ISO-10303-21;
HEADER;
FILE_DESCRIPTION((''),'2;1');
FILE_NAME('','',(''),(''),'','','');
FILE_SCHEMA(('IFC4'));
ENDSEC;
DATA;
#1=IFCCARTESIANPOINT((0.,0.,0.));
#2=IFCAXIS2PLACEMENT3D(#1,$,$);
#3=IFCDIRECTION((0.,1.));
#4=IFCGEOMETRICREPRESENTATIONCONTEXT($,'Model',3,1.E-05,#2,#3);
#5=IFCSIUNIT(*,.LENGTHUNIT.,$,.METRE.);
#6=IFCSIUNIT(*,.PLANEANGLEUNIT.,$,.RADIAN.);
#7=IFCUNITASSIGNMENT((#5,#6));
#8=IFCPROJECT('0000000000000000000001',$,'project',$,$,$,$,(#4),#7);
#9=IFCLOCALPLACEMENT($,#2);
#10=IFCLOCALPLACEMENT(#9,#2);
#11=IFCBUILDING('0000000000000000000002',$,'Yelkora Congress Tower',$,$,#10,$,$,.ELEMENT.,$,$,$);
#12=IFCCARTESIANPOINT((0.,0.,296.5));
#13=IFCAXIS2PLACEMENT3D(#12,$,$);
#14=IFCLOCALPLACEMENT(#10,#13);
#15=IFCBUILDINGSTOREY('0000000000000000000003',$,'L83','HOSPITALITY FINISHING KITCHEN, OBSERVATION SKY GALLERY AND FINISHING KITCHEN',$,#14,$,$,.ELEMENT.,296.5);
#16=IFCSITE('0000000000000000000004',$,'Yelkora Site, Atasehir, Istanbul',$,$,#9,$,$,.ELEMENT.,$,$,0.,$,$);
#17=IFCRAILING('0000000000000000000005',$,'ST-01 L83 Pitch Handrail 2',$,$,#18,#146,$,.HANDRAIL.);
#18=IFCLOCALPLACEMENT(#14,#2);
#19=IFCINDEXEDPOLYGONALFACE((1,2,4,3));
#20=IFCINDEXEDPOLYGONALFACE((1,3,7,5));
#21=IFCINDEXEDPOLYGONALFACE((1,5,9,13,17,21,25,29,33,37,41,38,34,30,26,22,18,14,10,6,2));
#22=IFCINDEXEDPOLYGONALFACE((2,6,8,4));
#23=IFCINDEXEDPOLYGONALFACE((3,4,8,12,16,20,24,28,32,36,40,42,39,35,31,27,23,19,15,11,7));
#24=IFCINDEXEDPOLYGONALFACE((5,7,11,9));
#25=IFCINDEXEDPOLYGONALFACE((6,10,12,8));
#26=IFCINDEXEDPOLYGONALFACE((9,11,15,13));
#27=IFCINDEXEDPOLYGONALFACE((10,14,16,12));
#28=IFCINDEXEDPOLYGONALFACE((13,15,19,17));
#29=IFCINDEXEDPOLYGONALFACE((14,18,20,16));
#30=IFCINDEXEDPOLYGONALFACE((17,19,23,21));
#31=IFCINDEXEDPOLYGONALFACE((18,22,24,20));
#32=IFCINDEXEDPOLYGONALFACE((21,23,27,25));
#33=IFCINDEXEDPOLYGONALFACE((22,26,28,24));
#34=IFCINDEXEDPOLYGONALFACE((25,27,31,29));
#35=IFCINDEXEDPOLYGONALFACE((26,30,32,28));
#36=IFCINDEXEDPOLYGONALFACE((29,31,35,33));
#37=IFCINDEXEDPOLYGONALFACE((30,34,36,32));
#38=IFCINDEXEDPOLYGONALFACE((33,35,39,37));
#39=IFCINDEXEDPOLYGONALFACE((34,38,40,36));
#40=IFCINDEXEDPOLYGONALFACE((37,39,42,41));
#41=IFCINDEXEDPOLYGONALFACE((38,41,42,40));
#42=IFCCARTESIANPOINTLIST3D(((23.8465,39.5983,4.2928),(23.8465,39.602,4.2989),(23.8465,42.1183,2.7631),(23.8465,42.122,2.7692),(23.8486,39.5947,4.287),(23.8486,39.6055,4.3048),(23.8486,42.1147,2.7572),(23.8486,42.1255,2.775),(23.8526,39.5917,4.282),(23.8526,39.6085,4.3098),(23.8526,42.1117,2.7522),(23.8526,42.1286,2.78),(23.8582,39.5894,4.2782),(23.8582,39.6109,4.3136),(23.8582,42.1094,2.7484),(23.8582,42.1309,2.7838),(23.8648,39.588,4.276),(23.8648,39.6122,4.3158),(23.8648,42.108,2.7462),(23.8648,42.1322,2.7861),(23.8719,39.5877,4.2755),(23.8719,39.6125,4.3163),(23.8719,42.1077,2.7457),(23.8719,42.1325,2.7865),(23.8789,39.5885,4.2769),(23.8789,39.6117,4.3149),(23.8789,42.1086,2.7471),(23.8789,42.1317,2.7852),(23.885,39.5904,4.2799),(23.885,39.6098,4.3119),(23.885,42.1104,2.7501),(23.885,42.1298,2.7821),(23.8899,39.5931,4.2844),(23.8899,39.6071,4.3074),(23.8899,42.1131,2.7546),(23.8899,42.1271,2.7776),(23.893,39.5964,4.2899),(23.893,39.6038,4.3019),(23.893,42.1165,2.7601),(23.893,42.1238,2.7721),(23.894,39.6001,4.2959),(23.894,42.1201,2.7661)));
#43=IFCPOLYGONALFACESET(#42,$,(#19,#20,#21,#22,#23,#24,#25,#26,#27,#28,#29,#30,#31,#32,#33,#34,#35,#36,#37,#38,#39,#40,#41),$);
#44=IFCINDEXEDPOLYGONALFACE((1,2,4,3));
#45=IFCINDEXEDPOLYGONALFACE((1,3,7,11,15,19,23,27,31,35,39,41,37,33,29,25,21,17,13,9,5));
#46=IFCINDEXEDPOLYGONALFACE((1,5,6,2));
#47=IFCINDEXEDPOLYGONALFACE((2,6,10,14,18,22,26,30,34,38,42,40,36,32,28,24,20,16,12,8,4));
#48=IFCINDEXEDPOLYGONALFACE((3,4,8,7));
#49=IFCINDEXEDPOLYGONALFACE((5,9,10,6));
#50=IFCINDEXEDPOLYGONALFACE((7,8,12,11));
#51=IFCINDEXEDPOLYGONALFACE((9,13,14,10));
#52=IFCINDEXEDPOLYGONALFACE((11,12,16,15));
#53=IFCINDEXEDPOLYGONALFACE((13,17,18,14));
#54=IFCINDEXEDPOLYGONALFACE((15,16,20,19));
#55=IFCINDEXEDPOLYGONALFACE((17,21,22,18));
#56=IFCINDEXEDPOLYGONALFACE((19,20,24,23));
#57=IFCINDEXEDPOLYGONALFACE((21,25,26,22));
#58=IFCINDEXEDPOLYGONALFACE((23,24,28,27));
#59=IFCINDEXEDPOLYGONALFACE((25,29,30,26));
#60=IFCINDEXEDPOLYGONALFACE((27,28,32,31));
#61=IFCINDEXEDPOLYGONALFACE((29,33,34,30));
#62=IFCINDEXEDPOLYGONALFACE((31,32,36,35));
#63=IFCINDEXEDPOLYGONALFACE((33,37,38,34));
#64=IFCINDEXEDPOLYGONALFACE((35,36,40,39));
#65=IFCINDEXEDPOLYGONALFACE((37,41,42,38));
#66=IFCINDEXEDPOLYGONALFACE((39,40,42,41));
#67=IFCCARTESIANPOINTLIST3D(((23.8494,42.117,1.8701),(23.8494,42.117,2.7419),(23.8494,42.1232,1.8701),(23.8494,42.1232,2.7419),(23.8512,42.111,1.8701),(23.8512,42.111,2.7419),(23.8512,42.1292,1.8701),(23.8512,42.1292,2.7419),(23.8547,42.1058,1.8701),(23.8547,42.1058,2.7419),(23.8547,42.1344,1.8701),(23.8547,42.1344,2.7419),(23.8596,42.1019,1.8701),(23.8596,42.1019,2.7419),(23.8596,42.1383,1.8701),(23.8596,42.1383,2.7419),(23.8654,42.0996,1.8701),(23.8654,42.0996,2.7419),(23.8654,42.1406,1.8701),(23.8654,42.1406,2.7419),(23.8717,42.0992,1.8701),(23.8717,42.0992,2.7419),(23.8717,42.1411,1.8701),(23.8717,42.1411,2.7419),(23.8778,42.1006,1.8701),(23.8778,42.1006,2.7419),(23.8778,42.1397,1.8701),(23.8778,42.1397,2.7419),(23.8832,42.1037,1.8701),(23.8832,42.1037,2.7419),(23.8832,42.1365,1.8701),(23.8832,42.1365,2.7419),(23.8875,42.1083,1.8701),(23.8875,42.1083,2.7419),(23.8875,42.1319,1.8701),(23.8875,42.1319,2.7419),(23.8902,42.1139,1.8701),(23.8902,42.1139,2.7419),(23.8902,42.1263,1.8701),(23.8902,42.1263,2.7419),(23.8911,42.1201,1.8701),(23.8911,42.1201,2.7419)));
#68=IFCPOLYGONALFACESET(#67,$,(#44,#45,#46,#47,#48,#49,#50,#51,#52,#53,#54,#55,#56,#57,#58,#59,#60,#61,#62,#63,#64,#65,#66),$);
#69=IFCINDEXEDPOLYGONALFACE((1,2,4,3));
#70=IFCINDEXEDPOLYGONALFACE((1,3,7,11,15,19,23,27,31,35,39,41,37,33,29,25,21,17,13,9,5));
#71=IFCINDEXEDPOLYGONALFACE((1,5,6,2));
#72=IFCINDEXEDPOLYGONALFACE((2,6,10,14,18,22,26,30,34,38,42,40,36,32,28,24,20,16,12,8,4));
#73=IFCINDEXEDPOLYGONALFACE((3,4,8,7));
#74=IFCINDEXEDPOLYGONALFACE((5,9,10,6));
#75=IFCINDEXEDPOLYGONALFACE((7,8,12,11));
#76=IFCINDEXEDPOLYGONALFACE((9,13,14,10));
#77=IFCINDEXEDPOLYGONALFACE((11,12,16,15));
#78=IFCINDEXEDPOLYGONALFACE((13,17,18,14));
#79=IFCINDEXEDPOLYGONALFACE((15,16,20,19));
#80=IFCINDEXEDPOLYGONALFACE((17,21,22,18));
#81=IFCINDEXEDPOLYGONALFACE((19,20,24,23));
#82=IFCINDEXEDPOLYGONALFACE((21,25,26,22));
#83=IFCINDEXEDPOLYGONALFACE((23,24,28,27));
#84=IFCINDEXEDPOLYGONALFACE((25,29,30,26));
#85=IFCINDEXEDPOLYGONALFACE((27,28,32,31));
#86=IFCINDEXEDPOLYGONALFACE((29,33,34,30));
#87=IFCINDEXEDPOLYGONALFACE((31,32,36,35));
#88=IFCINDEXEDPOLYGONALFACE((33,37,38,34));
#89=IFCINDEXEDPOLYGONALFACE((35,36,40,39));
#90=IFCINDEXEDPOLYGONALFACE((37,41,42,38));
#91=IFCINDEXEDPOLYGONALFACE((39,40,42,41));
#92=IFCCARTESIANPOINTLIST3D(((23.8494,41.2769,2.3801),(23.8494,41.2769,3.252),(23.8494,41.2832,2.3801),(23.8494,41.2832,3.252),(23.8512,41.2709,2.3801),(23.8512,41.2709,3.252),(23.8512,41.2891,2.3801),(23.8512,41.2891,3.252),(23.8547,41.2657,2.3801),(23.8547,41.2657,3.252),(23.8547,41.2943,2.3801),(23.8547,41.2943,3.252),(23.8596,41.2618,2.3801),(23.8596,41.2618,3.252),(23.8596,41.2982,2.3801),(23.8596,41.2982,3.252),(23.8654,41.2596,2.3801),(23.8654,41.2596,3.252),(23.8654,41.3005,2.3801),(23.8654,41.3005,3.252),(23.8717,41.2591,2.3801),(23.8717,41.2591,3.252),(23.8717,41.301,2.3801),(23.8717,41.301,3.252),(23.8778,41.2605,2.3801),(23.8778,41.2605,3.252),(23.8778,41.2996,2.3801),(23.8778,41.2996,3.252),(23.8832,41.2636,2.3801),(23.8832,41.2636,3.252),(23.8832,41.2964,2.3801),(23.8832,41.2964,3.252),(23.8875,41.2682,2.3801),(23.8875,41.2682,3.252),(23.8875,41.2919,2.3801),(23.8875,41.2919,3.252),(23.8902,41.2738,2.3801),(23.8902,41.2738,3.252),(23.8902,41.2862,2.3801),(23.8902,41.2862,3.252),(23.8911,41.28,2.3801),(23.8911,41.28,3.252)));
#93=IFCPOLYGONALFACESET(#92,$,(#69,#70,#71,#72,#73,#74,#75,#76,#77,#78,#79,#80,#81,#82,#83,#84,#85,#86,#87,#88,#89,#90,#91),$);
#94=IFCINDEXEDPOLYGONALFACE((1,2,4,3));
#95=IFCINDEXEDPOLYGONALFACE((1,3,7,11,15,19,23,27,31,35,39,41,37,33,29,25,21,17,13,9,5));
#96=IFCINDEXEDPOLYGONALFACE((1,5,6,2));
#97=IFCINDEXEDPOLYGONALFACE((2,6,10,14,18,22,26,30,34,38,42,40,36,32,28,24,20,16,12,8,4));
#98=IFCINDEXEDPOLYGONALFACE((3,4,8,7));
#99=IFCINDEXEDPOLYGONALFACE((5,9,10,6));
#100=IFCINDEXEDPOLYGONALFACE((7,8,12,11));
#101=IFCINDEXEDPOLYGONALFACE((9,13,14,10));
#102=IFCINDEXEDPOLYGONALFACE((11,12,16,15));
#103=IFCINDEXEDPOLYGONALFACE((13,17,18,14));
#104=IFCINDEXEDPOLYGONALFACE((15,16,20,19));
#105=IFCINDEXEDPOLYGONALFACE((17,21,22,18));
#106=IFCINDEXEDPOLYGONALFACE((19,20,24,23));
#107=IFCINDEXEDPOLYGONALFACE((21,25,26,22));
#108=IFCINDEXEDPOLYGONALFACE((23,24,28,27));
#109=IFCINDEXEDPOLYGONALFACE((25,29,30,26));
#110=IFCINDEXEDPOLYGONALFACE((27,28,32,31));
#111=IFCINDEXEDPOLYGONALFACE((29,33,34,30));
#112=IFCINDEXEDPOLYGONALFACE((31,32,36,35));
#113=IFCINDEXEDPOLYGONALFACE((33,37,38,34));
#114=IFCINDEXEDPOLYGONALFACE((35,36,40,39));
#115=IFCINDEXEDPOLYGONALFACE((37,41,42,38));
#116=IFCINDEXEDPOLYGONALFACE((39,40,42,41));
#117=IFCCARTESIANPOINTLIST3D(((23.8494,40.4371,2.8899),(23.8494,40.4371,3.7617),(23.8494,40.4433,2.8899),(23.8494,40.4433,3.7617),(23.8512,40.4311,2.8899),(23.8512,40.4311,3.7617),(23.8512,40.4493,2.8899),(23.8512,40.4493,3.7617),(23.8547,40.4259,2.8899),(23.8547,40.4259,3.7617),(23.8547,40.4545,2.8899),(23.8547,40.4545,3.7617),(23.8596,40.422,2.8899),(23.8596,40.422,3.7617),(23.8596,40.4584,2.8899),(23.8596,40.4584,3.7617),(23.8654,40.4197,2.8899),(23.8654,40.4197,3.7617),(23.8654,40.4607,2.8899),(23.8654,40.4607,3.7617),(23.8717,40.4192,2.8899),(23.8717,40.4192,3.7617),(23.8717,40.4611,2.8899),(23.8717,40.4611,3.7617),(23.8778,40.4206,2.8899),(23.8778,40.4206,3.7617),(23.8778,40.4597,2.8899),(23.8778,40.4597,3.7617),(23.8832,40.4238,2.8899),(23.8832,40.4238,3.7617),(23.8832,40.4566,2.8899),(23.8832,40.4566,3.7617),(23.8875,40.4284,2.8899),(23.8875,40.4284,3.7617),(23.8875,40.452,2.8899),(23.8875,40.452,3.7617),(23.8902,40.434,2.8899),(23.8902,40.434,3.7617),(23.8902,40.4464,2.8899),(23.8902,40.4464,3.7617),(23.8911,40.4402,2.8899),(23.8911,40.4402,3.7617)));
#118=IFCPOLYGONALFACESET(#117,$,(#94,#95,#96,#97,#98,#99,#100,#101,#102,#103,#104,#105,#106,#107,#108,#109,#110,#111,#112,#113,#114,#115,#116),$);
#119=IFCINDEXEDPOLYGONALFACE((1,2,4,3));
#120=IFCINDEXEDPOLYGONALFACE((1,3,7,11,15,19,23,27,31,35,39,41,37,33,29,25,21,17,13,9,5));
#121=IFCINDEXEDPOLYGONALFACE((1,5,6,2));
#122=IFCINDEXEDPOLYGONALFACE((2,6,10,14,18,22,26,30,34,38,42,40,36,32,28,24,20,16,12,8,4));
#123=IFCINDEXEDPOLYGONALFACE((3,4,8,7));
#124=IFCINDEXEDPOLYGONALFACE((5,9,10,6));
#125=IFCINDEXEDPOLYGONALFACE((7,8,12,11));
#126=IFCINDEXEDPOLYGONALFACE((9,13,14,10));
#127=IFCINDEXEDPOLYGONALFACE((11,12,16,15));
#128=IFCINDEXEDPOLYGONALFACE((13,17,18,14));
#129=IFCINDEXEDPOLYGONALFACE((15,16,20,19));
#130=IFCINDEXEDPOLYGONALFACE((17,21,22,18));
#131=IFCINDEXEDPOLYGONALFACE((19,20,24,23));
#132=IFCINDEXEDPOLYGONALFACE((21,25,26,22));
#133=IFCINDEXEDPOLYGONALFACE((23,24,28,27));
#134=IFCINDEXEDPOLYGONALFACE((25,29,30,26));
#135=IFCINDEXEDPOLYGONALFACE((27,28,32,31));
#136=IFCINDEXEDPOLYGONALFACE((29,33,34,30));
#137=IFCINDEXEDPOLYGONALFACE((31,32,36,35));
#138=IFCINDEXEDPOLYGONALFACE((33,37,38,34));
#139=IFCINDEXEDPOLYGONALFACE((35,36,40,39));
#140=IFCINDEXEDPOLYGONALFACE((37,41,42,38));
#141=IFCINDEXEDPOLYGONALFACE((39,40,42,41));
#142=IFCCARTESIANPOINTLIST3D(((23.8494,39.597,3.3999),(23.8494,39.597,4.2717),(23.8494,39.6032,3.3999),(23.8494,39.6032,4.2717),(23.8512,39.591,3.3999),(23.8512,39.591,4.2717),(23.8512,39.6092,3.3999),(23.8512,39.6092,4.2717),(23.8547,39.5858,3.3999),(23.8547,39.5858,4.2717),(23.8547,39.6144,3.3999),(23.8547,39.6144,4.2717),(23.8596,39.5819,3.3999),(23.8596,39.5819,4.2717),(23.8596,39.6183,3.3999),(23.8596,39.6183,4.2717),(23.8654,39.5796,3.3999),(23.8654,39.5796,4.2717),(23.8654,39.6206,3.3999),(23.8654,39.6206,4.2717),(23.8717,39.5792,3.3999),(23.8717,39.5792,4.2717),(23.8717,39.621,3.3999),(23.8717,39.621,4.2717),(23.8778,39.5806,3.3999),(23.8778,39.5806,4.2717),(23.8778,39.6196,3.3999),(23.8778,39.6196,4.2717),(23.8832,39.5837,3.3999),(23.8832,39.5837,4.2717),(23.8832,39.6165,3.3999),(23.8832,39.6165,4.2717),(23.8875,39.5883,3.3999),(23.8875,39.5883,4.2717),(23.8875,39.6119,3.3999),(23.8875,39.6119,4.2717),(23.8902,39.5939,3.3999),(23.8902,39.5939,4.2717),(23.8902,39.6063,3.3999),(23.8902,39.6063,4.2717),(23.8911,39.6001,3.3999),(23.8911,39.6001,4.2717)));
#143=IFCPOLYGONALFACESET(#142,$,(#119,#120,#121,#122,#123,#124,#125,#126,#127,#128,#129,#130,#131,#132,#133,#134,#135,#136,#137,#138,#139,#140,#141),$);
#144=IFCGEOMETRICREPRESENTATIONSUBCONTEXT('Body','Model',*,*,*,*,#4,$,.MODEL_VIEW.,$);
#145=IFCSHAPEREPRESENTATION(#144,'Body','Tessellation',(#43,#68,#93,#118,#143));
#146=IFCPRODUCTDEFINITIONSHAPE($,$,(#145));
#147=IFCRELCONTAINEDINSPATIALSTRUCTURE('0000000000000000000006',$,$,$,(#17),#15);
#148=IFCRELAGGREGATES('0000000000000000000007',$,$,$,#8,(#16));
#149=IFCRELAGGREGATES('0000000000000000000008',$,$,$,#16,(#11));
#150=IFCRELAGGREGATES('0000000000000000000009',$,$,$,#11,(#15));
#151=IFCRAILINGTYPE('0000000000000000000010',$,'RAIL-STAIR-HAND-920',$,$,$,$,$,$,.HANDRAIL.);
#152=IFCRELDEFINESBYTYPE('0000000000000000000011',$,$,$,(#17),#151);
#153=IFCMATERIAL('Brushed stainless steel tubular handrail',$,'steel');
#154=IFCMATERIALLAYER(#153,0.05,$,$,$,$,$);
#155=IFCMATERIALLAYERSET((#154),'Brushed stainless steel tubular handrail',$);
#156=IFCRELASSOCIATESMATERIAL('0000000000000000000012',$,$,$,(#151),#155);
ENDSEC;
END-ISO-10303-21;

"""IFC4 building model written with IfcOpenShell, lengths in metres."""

from ifc_helpers import new_model, si_unit, direction, frame, origin, origin_2d, place, context, subcontext, project, spatial, circle, extrude, material, layer, layer_set, type_object, element, save


model = new_model("IFC4")

# Units and contexts
model_context = context("Model", 3, precision=1e-05, world=origin(), true_north=direction((0.0, 1.0)))
body_context = subcontext(model_context, "Body", "Model", "MODEL_VIEW")
ifc_project = project(units=[si_unit("LENGTHUNIT", "METRE"), si_unit("PLANEANGLEUNIT", "RADIAN")], contexts=[model_context])

# Site, building, storey
site_placement = place(None, origin())
site = spatial("IfcSite", under=ifc_project, at=site_placement, Name="Yelkora Site, Atasehir, Istanbul", CompositionType="ELEMENT", RefElevation=0.0)
building_placement = place(site_placement, origin())
building = spatial("IfcBuilding", under=site, at=building_placement, Name="Yelkora Congress Tower", CompositionType="ELEMENT")
storey_placement = place(building_placement, frame((0.0, 0.0, 296.5)))
storey = spatial("IfcBuildingStorey", under=building, at=storey_placement, Name="L83", Description="HOSPITALITY FINISHING KITCHEN, OBSERVATION SKY GALLERY AND FINISHING KITCHEN", CompositionType="ELEMENT", Elevation=296.5)

# Railing
ifc_material_1 = material(Name="Brushed stainless steel tubular handrail", Category="steel")
ifc_layer_1 = layer(ifc_material_1, 0.05)
ifc_layer_set_1 = layer_set([ifc_layer_1], Name="Brushed stainless steel tubular handrail")
railing_type_1 = type_object("IfcRailingType", Name="RAIL-STAIR-HAND-920", PredefinedType="HANDRAIL", material=ifc_layer_set_1)
railing_1_placement = place(storey_placement, frame((23.8701, 42.1201, 1.8701)))
element("IfcRailing", 1, at=railing_1_placement, inside=storey, type_object=railing_type_1, Name="ST-01 L83 Pitch Handrail 2", PredefinedType="HANDRAIL", context=body_context, shape_type="SweptSolid", body=[
    extrude(circle(Radius=0.0239, at=origin_2d()), frame((0.0, 0.0, 0.896), z_axis=(0.0, -0.854822, 0.518922), x_axis=(1.0, 0.0, 0.0)), (0.0, 0.0, 1.0), 2.948),
    extrude(circle(Radius=0.021, at=origin_2d()), origin(), (0.0, 0.0, 1.0), 0.8718),
    extrude(circle(Radius=0.021, at=origin_2d()), frame((0.0, -0.8401, 0.51)), (0.0, 0.0, 1.0), 0.8718),
    extrude(circle(Radius=0.021, at=origin_2d()), frame((0.0, -1.6799, 1.0198)), (0.0, 0.0, 1.0), 0.8718),
    extrude(circle(Radius=0.021, at=origin_2d()), frame((0.0, -2.52, 1.5298)), (0.0, 0.0, 1.0), 0.8718),
])

save(model, "model.ifc")
